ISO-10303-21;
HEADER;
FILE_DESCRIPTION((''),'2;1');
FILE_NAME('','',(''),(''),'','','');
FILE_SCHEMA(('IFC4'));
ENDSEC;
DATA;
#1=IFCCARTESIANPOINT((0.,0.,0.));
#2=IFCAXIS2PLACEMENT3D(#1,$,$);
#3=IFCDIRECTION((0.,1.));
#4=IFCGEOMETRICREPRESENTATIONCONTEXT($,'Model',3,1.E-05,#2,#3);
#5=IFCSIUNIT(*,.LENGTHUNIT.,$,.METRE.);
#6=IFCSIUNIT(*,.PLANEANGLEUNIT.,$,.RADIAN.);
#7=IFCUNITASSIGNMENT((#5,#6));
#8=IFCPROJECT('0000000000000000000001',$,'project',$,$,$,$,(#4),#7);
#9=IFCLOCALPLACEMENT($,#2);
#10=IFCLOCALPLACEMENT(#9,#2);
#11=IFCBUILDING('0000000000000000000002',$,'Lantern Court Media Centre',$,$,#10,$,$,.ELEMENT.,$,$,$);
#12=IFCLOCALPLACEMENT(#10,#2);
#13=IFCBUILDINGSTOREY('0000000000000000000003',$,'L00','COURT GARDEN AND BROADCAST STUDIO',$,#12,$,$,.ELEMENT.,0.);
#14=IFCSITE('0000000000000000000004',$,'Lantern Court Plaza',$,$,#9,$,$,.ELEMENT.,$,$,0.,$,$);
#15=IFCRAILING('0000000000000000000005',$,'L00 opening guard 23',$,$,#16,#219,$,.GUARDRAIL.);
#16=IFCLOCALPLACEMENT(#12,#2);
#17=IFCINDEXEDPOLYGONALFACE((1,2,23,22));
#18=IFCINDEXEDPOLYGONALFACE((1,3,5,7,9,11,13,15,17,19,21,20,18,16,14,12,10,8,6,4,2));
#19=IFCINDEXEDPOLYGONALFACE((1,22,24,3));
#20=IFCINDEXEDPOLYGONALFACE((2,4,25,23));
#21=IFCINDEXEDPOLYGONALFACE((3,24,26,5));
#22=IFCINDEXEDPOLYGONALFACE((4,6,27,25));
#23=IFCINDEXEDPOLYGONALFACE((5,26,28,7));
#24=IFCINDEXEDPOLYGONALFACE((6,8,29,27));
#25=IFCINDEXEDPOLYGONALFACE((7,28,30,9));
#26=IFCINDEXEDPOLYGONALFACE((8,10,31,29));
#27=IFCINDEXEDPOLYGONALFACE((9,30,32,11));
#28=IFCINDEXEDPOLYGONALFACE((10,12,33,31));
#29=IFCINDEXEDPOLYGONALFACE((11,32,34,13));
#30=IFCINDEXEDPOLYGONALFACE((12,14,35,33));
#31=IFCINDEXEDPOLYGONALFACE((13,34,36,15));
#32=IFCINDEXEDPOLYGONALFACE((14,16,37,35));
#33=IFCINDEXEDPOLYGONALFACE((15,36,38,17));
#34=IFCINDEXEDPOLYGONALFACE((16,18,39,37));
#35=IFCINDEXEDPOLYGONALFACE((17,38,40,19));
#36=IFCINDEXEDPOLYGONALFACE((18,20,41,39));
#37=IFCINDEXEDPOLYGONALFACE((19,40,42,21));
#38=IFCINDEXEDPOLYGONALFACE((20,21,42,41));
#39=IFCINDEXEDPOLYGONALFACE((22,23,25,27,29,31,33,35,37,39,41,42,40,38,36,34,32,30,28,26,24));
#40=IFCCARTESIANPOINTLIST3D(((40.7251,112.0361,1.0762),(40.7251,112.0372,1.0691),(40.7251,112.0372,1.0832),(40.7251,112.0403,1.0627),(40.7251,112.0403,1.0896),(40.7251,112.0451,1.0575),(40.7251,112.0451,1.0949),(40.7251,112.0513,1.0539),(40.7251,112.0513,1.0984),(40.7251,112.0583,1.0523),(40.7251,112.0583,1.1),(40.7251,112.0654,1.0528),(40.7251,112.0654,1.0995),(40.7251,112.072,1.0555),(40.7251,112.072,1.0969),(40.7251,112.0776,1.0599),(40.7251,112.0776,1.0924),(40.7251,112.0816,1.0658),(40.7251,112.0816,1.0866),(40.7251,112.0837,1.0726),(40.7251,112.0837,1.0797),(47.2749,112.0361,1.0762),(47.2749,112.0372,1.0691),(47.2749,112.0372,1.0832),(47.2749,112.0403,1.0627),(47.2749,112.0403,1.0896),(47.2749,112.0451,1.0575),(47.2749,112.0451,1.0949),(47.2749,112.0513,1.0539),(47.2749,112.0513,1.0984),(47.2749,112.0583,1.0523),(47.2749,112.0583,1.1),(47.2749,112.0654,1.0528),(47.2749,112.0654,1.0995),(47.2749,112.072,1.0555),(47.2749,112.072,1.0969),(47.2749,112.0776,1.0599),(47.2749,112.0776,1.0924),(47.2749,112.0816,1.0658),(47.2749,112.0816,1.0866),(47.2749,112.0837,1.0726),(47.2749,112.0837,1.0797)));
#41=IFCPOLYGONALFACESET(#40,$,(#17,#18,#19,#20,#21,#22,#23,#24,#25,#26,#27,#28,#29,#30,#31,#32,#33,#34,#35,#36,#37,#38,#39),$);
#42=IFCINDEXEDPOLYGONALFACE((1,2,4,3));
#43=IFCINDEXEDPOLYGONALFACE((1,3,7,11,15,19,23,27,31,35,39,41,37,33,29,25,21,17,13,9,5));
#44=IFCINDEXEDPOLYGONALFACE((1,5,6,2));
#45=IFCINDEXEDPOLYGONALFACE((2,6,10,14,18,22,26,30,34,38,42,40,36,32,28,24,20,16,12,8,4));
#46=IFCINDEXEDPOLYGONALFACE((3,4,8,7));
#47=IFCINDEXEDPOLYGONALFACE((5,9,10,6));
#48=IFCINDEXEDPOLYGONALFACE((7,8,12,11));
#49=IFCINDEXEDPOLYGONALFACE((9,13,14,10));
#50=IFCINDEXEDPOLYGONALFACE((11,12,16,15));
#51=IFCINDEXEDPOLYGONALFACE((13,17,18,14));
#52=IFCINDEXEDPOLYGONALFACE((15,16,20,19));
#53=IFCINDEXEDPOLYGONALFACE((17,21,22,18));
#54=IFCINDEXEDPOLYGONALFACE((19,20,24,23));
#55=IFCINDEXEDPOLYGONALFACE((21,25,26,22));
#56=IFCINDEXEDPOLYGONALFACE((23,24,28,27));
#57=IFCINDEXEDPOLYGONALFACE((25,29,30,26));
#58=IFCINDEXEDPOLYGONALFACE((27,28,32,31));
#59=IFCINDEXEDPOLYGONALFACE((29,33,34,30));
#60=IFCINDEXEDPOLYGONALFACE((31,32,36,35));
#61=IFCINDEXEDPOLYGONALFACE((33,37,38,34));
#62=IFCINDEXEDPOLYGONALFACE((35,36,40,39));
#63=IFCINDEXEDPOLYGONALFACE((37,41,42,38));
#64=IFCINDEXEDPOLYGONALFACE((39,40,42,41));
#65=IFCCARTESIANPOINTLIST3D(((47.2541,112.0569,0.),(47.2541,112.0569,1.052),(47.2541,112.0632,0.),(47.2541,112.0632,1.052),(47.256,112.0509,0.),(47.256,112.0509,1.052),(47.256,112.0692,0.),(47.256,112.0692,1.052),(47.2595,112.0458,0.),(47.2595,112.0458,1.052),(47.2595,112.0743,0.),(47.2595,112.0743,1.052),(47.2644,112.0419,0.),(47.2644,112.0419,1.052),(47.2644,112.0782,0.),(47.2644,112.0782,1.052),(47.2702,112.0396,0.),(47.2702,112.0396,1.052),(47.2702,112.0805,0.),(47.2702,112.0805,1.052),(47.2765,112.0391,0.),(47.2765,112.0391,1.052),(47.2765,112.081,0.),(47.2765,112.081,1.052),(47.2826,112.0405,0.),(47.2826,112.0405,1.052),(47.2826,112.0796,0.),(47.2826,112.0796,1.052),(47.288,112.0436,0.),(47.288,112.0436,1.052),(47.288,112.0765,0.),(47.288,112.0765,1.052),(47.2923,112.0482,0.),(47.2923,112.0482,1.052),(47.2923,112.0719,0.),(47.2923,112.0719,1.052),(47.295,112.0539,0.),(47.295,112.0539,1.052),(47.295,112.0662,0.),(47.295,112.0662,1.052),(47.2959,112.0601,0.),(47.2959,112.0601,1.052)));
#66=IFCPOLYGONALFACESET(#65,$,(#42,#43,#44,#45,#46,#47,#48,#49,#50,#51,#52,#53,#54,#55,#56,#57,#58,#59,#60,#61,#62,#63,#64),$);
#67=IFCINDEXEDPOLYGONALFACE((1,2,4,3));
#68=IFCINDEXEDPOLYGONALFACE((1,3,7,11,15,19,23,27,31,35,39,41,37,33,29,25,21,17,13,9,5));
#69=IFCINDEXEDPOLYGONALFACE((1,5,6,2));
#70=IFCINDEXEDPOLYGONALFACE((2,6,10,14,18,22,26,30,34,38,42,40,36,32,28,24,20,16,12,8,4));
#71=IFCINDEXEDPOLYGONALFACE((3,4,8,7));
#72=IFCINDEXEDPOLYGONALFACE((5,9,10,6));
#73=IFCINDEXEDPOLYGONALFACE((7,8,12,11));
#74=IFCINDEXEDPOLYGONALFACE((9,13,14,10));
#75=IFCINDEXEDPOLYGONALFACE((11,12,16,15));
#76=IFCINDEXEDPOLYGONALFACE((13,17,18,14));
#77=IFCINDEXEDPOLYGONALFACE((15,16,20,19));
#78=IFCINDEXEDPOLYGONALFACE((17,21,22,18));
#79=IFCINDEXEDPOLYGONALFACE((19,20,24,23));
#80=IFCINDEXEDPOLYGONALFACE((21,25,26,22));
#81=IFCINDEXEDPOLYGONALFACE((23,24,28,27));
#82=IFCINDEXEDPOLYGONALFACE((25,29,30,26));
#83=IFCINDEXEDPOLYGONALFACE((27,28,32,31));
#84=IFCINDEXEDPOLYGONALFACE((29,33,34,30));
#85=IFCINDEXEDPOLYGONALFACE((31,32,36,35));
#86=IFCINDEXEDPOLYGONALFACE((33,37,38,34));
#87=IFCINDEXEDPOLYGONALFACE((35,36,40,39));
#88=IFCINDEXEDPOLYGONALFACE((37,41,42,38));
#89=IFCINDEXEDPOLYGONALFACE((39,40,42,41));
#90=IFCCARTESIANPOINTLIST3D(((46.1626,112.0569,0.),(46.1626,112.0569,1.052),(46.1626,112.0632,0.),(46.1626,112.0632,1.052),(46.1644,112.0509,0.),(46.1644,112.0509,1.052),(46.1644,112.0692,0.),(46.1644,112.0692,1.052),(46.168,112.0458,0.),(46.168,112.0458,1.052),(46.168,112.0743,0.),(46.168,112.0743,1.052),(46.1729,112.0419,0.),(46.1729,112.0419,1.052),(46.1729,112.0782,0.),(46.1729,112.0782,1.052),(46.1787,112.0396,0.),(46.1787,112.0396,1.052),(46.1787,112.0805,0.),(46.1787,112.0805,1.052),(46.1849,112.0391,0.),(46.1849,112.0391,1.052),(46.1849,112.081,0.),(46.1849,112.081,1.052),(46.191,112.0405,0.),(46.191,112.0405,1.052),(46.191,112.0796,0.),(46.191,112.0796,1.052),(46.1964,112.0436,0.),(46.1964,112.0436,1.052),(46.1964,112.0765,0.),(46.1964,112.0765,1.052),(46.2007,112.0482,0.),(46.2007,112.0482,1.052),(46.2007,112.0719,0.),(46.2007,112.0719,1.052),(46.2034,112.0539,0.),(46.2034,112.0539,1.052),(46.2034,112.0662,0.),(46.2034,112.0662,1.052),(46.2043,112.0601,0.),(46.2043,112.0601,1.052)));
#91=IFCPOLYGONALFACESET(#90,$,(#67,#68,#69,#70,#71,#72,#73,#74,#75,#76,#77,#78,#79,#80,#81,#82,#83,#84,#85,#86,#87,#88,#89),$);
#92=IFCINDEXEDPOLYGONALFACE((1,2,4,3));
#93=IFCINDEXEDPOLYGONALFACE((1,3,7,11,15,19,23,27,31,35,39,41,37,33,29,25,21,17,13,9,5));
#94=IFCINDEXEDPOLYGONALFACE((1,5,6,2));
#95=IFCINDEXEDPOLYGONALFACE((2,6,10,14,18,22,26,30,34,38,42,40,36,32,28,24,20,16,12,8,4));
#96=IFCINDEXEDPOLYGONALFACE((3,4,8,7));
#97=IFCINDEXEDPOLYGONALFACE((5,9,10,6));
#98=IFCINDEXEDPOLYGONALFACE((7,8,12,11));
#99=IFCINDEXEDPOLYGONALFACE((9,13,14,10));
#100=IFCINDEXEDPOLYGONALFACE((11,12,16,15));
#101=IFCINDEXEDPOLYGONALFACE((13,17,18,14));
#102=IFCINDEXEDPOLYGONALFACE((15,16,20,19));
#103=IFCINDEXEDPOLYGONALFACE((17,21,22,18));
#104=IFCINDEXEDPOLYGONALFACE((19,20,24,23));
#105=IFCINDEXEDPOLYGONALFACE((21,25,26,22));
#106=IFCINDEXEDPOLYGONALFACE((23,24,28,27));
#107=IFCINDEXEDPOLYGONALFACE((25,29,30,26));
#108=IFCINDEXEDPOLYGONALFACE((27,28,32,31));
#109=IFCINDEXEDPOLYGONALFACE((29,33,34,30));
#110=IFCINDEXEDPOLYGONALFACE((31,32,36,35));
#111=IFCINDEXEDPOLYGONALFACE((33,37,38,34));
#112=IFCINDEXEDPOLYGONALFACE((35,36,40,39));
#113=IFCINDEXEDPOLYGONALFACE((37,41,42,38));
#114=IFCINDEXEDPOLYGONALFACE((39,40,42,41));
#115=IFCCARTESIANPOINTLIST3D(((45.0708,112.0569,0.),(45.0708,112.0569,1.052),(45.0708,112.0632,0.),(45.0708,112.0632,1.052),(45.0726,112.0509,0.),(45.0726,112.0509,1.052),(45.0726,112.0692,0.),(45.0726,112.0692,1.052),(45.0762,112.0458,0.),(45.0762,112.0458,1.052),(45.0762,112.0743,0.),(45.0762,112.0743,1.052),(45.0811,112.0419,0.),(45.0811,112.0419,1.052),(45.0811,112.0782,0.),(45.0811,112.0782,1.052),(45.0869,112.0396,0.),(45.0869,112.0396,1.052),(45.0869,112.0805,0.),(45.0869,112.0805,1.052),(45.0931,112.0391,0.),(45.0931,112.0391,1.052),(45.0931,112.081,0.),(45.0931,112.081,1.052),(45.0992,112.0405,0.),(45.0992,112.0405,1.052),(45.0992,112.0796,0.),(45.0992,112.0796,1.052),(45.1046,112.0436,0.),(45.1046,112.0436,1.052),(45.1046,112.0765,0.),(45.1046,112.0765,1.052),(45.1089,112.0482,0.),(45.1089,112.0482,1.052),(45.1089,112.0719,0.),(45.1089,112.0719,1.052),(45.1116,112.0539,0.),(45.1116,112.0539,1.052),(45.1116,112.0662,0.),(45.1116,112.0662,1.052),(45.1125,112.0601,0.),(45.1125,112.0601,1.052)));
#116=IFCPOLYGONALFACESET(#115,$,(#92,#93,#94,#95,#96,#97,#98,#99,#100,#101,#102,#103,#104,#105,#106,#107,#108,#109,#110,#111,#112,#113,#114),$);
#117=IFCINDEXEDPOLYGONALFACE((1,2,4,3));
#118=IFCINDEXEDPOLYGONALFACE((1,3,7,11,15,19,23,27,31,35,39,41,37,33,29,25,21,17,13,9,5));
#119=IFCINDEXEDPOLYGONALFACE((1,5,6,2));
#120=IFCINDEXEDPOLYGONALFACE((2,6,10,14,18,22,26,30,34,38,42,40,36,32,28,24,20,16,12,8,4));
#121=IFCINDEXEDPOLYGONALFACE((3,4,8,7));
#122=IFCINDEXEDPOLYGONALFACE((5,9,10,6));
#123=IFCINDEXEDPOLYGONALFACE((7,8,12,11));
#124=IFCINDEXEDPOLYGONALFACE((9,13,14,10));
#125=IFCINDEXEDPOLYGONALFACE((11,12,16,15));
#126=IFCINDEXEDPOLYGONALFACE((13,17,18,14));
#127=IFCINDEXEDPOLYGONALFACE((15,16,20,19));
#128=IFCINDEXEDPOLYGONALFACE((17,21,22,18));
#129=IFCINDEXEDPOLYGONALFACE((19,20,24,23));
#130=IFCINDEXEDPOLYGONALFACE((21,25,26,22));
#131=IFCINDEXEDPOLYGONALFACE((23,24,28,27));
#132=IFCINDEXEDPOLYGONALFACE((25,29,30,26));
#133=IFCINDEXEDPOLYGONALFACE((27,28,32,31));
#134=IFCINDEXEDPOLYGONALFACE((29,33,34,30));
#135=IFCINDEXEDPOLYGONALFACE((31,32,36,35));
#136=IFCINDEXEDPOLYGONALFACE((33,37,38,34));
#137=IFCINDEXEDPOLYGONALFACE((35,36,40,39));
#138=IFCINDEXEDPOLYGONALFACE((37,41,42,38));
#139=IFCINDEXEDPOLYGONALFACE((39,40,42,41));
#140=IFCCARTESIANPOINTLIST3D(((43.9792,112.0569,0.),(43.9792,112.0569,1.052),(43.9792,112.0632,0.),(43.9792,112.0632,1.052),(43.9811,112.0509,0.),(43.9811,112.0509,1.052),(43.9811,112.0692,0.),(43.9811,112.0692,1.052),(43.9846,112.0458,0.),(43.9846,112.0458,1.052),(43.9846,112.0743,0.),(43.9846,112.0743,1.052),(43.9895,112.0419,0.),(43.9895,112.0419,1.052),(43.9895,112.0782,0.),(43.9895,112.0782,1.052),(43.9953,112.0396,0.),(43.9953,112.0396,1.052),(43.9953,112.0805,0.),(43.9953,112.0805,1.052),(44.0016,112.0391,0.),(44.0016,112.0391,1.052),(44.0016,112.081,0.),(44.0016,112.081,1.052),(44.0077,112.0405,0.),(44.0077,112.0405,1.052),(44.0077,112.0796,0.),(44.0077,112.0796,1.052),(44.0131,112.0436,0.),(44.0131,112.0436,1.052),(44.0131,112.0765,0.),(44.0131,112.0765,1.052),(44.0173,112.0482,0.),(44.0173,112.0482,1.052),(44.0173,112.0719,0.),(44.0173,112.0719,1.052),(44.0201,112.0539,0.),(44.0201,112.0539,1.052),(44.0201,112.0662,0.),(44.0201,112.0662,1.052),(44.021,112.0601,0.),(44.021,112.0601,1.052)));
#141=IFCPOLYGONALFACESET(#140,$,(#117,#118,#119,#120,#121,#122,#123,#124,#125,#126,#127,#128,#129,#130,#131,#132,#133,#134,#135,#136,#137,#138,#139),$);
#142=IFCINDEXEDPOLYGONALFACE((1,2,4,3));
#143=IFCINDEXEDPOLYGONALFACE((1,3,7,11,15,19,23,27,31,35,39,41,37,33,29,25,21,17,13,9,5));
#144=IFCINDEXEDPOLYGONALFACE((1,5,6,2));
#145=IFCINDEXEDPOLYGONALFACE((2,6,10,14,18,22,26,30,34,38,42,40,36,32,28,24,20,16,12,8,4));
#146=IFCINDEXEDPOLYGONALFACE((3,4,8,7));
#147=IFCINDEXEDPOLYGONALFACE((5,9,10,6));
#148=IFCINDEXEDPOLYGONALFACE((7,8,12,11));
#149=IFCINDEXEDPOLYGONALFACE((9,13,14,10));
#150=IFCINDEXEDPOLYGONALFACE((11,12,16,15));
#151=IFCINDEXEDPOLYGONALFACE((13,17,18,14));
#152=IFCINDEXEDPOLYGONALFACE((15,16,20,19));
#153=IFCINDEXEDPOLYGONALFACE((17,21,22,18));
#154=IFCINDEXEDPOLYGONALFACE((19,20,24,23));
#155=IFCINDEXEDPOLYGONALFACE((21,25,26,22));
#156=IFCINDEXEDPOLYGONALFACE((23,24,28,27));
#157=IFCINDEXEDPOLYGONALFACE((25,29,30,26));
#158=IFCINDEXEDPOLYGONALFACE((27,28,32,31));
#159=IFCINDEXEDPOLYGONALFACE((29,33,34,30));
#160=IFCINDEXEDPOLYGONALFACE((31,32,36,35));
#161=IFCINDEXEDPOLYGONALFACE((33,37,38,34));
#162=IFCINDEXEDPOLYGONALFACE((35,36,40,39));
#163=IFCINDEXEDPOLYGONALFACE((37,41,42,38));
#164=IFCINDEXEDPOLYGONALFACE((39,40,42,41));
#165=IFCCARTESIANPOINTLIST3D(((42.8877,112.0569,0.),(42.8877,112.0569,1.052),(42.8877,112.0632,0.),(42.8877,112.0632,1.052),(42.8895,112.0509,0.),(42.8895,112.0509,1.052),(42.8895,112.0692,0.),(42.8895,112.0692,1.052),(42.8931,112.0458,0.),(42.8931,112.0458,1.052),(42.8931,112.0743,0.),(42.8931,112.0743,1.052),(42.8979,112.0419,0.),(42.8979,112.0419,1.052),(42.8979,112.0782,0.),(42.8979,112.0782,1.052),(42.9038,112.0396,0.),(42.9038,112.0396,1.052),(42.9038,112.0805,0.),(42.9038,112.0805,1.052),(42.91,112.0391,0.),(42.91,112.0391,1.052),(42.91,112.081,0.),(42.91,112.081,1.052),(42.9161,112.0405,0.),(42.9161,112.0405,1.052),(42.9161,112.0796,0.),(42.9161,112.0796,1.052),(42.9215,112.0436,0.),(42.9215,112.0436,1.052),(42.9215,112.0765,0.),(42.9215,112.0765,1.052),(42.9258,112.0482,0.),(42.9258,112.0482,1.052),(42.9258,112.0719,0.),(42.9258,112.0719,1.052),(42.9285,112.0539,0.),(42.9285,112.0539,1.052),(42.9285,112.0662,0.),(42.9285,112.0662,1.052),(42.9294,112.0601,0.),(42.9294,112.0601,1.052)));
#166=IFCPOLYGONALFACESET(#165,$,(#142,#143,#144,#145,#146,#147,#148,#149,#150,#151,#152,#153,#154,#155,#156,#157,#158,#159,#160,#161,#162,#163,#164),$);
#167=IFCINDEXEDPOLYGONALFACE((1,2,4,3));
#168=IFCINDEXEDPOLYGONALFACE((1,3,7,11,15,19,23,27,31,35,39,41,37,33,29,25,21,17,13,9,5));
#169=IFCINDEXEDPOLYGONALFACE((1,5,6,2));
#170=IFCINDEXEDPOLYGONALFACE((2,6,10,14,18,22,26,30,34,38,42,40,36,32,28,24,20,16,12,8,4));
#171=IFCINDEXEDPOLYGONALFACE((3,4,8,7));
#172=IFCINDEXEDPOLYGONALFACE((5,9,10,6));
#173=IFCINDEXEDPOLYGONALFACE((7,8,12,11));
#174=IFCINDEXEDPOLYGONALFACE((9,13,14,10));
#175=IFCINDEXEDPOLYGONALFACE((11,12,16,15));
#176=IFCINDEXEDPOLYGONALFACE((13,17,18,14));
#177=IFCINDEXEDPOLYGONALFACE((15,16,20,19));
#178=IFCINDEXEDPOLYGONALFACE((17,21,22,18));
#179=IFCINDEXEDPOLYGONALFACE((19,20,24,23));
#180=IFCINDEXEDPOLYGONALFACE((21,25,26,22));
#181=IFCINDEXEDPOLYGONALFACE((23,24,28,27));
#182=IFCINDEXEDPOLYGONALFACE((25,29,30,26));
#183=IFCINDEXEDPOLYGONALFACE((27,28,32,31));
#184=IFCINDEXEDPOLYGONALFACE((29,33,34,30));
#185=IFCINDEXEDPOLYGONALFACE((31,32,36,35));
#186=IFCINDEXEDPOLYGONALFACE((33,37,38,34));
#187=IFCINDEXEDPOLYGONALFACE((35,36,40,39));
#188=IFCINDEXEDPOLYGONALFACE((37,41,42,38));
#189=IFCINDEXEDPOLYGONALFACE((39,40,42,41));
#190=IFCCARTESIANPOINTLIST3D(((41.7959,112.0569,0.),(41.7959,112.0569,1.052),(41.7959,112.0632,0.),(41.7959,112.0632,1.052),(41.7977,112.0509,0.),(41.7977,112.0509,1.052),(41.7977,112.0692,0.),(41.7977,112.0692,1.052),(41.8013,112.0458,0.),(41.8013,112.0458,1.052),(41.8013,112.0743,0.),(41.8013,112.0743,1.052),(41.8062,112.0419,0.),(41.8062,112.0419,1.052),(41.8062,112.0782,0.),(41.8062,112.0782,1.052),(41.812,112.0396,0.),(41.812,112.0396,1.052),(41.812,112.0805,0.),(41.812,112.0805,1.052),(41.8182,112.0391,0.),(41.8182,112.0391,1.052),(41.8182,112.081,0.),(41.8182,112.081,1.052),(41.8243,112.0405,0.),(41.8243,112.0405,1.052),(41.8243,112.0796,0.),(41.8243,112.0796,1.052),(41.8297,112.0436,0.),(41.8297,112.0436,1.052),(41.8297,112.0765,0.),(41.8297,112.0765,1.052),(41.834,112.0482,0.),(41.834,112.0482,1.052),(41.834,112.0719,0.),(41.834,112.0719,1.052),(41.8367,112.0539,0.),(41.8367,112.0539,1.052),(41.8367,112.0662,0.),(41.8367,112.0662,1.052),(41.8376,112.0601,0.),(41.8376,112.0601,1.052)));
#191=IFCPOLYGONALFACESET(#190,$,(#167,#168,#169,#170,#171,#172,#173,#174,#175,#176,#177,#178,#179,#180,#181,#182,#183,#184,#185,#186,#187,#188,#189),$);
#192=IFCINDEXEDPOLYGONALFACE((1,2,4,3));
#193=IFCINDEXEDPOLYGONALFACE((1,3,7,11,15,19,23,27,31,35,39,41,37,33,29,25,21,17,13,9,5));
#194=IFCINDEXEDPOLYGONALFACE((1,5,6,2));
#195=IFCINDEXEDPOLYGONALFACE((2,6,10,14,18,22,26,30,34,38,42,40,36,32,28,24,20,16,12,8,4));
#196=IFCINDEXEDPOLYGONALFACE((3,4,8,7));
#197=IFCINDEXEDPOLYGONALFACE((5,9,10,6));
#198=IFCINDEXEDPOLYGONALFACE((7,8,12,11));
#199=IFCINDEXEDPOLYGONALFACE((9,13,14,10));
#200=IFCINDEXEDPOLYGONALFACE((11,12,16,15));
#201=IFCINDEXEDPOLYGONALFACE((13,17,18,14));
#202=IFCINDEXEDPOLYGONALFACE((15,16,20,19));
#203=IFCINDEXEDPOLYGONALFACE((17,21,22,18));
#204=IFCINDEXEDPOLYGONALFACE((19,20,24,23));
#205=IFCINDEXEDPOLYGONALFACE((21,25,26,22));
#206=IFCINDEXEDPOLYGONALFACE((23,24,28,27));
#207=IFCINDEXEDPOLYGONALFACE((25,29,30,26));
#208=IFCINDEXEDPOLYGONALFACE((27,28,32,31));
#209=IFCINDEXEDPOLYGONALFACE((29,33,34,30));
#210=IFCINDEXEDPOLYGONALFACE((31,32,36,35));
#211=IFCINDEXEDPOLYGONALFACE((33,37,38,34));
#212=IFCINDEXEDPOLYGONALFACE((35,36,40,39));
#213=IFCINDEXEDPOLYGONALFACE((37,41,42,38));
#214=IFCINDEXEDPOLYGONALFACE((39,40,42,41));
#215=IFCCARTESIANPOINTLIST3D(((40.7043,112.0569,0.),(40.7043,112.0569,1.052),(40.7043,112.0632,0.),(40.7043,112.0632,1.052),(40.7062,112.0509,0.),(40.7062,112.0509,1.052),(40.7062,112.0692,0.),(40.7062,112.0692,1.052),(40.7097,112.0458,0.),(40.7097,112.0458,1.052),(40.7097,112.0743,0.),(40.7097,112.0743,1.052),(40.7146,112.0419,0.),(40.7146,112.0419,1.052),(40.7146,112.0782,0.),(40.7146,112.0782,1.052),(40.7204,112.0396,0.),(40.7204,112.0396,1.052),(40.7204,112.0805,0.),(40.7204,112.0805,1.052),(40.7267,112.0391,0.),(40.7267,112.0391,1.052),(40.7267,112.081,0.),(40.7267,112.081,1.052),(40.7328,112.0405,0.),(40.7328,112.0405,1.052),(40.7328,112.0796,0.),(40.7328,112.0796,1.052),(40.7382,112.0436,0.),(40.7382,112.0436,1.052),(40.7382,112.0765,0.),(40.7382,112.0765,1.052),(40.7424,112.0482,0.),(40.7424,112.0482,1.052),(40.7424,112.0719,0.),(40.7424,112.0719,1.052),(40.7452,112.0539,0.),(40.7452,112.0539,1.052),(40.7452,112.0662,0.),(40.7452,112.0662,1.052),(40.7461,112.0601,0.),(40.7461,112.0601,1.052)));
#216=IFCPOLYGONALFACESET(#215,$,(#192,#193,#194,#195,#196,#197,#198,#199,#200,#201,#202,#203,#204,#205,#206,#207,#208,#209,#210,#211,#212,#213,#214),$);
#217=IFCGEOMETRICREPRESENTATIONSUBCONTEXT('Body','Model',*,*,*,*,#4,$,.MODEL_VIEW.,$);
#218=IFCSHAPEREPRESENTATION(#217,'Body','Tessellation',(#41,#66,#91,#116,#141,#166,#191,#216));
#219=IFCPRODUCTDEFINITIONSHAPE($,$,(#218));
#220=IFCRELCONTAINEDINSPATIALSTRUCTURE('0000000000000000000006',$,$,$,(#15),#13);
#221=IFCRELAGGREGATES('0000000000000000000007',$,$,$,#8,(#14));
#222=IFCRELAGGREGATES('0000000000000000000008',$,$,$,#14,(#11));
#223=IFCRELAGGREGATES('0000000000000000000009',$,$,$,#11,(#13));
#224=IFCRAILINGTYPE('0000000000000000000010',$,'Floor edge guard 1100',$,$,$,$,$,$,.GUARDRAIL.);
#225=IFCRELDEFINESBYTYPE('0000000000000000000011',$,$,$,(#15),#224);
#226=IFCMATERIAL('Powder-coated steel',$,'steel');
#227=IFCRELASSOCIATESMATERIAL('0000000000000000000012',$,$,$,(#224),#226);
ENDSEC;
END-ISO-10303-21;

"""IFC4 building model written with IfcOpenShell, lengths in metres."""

from ifc_helpers import new_model, si_unit, direction, frame, origin, origin_2d, place, context, subcontext, project, spatial, circle, extrude, material, type_object, element, save


model = new_model("IFC4")

# Units and contexts
model_context = context("Model", 3, precision=1e-05, world=origin(), true_north=direction((0.0, 1.0)))
body_context = subcontext(model_context, "Body", "Model", "MODEL_VIEW")
ifc_project = project(units=[si_unit("LENGTHUNIT", "METRE"), si_unit("PLANEANGLEUNIT", "RADIAN")], contexts=[model_context])

# Site, building, storey
site_placement = place(None, origin())
site = spatial("IfcSite", under=ifc_project, at=site_placement, Name="Lantern Court Plaza", CompositionType="ELEMENT", RefElevation=0.0)
building_placement = place(site_placement, origin())
building = spatial("IfcBuilding", under=site, at=building_placement, Name="Lantern Court Media Centre", CompositionType="ELEMENT")
storey_placement = place(building_placement, origin())
storey = spatial("IfcBuildingStorey", under=building, at=storey_placement, Name="L00", Description="COURT GARDEN AND BROADCAST STUDIO", CompositionType="ELEMENT", Elevation=0.0)

# Railing
ifc_material_1 = material(Name="Powder-coated steel", Category="steel")
railing_type = type_object("IfcRailingType", Name="Floor edge guard 1100", PredefinedType="GUARDRAIL", material=ifc_material_1)
railing_placement = place(storey_placement, frame((47.2749, 112.0601, 0.0)))
element("IfcRailing", 1, at=railing_placement, inside=storey, type_object=railing_type, Name="L00 opening guard 23", PredefinedType="GUARDRAIL", context=body_context, shape_type="SweptSolid", body=[
    extrude(circle(Radius=0.0239, at=origin_2d()), frame((0.0, 0.0, 1.0762), z_axis=(-1.0, 0.0, 0.0), x_axis=(0.0, -1.0, 0.0)), (0.0, 0.0, 1.0), 6.5498),
    extrude(circle(Radius=0.021, at=origin_2d()), origin(), (0.0, 0.0, 1.0), 1.052),
    extrude(circle(Radius=0.021, at=origin_2d()), frame((-1.0916, 0.0, 0.0)), (0.0, 0.0, 1.0), 1.052),
    extrude(circle(Radius=0.021, at=origin_2d()), frame((-2.1833, 0.0, 0.0)), (0.0, 0.0, 1.0), 1.052),
    extrude(circle(Radius=0.021, at=origin_2d()), frame((-3.2749, 0.0, 0.0)), (0.0, 0.0, 1.0), 1.052),
    extrude(circle(Radius=0.021, at=origin_2d()), frame((-4.3665, 0.0, 0.0)), (0.0, 0.0, 1.0), 1.052),
    extrude(circle(Radius=0.021, at=origin_2d()), frame((-5.4583, 0.0, 0.0)), (0.0, 0.0, 1.0), 1.052),
    extrude(circle(Radius=0.021, at=origin_2d()), frame((-6.5498, 0.0, 0.0)), (0.0, 0.0, 1.0), 1.052),
])

save(model, "model.ifc")
